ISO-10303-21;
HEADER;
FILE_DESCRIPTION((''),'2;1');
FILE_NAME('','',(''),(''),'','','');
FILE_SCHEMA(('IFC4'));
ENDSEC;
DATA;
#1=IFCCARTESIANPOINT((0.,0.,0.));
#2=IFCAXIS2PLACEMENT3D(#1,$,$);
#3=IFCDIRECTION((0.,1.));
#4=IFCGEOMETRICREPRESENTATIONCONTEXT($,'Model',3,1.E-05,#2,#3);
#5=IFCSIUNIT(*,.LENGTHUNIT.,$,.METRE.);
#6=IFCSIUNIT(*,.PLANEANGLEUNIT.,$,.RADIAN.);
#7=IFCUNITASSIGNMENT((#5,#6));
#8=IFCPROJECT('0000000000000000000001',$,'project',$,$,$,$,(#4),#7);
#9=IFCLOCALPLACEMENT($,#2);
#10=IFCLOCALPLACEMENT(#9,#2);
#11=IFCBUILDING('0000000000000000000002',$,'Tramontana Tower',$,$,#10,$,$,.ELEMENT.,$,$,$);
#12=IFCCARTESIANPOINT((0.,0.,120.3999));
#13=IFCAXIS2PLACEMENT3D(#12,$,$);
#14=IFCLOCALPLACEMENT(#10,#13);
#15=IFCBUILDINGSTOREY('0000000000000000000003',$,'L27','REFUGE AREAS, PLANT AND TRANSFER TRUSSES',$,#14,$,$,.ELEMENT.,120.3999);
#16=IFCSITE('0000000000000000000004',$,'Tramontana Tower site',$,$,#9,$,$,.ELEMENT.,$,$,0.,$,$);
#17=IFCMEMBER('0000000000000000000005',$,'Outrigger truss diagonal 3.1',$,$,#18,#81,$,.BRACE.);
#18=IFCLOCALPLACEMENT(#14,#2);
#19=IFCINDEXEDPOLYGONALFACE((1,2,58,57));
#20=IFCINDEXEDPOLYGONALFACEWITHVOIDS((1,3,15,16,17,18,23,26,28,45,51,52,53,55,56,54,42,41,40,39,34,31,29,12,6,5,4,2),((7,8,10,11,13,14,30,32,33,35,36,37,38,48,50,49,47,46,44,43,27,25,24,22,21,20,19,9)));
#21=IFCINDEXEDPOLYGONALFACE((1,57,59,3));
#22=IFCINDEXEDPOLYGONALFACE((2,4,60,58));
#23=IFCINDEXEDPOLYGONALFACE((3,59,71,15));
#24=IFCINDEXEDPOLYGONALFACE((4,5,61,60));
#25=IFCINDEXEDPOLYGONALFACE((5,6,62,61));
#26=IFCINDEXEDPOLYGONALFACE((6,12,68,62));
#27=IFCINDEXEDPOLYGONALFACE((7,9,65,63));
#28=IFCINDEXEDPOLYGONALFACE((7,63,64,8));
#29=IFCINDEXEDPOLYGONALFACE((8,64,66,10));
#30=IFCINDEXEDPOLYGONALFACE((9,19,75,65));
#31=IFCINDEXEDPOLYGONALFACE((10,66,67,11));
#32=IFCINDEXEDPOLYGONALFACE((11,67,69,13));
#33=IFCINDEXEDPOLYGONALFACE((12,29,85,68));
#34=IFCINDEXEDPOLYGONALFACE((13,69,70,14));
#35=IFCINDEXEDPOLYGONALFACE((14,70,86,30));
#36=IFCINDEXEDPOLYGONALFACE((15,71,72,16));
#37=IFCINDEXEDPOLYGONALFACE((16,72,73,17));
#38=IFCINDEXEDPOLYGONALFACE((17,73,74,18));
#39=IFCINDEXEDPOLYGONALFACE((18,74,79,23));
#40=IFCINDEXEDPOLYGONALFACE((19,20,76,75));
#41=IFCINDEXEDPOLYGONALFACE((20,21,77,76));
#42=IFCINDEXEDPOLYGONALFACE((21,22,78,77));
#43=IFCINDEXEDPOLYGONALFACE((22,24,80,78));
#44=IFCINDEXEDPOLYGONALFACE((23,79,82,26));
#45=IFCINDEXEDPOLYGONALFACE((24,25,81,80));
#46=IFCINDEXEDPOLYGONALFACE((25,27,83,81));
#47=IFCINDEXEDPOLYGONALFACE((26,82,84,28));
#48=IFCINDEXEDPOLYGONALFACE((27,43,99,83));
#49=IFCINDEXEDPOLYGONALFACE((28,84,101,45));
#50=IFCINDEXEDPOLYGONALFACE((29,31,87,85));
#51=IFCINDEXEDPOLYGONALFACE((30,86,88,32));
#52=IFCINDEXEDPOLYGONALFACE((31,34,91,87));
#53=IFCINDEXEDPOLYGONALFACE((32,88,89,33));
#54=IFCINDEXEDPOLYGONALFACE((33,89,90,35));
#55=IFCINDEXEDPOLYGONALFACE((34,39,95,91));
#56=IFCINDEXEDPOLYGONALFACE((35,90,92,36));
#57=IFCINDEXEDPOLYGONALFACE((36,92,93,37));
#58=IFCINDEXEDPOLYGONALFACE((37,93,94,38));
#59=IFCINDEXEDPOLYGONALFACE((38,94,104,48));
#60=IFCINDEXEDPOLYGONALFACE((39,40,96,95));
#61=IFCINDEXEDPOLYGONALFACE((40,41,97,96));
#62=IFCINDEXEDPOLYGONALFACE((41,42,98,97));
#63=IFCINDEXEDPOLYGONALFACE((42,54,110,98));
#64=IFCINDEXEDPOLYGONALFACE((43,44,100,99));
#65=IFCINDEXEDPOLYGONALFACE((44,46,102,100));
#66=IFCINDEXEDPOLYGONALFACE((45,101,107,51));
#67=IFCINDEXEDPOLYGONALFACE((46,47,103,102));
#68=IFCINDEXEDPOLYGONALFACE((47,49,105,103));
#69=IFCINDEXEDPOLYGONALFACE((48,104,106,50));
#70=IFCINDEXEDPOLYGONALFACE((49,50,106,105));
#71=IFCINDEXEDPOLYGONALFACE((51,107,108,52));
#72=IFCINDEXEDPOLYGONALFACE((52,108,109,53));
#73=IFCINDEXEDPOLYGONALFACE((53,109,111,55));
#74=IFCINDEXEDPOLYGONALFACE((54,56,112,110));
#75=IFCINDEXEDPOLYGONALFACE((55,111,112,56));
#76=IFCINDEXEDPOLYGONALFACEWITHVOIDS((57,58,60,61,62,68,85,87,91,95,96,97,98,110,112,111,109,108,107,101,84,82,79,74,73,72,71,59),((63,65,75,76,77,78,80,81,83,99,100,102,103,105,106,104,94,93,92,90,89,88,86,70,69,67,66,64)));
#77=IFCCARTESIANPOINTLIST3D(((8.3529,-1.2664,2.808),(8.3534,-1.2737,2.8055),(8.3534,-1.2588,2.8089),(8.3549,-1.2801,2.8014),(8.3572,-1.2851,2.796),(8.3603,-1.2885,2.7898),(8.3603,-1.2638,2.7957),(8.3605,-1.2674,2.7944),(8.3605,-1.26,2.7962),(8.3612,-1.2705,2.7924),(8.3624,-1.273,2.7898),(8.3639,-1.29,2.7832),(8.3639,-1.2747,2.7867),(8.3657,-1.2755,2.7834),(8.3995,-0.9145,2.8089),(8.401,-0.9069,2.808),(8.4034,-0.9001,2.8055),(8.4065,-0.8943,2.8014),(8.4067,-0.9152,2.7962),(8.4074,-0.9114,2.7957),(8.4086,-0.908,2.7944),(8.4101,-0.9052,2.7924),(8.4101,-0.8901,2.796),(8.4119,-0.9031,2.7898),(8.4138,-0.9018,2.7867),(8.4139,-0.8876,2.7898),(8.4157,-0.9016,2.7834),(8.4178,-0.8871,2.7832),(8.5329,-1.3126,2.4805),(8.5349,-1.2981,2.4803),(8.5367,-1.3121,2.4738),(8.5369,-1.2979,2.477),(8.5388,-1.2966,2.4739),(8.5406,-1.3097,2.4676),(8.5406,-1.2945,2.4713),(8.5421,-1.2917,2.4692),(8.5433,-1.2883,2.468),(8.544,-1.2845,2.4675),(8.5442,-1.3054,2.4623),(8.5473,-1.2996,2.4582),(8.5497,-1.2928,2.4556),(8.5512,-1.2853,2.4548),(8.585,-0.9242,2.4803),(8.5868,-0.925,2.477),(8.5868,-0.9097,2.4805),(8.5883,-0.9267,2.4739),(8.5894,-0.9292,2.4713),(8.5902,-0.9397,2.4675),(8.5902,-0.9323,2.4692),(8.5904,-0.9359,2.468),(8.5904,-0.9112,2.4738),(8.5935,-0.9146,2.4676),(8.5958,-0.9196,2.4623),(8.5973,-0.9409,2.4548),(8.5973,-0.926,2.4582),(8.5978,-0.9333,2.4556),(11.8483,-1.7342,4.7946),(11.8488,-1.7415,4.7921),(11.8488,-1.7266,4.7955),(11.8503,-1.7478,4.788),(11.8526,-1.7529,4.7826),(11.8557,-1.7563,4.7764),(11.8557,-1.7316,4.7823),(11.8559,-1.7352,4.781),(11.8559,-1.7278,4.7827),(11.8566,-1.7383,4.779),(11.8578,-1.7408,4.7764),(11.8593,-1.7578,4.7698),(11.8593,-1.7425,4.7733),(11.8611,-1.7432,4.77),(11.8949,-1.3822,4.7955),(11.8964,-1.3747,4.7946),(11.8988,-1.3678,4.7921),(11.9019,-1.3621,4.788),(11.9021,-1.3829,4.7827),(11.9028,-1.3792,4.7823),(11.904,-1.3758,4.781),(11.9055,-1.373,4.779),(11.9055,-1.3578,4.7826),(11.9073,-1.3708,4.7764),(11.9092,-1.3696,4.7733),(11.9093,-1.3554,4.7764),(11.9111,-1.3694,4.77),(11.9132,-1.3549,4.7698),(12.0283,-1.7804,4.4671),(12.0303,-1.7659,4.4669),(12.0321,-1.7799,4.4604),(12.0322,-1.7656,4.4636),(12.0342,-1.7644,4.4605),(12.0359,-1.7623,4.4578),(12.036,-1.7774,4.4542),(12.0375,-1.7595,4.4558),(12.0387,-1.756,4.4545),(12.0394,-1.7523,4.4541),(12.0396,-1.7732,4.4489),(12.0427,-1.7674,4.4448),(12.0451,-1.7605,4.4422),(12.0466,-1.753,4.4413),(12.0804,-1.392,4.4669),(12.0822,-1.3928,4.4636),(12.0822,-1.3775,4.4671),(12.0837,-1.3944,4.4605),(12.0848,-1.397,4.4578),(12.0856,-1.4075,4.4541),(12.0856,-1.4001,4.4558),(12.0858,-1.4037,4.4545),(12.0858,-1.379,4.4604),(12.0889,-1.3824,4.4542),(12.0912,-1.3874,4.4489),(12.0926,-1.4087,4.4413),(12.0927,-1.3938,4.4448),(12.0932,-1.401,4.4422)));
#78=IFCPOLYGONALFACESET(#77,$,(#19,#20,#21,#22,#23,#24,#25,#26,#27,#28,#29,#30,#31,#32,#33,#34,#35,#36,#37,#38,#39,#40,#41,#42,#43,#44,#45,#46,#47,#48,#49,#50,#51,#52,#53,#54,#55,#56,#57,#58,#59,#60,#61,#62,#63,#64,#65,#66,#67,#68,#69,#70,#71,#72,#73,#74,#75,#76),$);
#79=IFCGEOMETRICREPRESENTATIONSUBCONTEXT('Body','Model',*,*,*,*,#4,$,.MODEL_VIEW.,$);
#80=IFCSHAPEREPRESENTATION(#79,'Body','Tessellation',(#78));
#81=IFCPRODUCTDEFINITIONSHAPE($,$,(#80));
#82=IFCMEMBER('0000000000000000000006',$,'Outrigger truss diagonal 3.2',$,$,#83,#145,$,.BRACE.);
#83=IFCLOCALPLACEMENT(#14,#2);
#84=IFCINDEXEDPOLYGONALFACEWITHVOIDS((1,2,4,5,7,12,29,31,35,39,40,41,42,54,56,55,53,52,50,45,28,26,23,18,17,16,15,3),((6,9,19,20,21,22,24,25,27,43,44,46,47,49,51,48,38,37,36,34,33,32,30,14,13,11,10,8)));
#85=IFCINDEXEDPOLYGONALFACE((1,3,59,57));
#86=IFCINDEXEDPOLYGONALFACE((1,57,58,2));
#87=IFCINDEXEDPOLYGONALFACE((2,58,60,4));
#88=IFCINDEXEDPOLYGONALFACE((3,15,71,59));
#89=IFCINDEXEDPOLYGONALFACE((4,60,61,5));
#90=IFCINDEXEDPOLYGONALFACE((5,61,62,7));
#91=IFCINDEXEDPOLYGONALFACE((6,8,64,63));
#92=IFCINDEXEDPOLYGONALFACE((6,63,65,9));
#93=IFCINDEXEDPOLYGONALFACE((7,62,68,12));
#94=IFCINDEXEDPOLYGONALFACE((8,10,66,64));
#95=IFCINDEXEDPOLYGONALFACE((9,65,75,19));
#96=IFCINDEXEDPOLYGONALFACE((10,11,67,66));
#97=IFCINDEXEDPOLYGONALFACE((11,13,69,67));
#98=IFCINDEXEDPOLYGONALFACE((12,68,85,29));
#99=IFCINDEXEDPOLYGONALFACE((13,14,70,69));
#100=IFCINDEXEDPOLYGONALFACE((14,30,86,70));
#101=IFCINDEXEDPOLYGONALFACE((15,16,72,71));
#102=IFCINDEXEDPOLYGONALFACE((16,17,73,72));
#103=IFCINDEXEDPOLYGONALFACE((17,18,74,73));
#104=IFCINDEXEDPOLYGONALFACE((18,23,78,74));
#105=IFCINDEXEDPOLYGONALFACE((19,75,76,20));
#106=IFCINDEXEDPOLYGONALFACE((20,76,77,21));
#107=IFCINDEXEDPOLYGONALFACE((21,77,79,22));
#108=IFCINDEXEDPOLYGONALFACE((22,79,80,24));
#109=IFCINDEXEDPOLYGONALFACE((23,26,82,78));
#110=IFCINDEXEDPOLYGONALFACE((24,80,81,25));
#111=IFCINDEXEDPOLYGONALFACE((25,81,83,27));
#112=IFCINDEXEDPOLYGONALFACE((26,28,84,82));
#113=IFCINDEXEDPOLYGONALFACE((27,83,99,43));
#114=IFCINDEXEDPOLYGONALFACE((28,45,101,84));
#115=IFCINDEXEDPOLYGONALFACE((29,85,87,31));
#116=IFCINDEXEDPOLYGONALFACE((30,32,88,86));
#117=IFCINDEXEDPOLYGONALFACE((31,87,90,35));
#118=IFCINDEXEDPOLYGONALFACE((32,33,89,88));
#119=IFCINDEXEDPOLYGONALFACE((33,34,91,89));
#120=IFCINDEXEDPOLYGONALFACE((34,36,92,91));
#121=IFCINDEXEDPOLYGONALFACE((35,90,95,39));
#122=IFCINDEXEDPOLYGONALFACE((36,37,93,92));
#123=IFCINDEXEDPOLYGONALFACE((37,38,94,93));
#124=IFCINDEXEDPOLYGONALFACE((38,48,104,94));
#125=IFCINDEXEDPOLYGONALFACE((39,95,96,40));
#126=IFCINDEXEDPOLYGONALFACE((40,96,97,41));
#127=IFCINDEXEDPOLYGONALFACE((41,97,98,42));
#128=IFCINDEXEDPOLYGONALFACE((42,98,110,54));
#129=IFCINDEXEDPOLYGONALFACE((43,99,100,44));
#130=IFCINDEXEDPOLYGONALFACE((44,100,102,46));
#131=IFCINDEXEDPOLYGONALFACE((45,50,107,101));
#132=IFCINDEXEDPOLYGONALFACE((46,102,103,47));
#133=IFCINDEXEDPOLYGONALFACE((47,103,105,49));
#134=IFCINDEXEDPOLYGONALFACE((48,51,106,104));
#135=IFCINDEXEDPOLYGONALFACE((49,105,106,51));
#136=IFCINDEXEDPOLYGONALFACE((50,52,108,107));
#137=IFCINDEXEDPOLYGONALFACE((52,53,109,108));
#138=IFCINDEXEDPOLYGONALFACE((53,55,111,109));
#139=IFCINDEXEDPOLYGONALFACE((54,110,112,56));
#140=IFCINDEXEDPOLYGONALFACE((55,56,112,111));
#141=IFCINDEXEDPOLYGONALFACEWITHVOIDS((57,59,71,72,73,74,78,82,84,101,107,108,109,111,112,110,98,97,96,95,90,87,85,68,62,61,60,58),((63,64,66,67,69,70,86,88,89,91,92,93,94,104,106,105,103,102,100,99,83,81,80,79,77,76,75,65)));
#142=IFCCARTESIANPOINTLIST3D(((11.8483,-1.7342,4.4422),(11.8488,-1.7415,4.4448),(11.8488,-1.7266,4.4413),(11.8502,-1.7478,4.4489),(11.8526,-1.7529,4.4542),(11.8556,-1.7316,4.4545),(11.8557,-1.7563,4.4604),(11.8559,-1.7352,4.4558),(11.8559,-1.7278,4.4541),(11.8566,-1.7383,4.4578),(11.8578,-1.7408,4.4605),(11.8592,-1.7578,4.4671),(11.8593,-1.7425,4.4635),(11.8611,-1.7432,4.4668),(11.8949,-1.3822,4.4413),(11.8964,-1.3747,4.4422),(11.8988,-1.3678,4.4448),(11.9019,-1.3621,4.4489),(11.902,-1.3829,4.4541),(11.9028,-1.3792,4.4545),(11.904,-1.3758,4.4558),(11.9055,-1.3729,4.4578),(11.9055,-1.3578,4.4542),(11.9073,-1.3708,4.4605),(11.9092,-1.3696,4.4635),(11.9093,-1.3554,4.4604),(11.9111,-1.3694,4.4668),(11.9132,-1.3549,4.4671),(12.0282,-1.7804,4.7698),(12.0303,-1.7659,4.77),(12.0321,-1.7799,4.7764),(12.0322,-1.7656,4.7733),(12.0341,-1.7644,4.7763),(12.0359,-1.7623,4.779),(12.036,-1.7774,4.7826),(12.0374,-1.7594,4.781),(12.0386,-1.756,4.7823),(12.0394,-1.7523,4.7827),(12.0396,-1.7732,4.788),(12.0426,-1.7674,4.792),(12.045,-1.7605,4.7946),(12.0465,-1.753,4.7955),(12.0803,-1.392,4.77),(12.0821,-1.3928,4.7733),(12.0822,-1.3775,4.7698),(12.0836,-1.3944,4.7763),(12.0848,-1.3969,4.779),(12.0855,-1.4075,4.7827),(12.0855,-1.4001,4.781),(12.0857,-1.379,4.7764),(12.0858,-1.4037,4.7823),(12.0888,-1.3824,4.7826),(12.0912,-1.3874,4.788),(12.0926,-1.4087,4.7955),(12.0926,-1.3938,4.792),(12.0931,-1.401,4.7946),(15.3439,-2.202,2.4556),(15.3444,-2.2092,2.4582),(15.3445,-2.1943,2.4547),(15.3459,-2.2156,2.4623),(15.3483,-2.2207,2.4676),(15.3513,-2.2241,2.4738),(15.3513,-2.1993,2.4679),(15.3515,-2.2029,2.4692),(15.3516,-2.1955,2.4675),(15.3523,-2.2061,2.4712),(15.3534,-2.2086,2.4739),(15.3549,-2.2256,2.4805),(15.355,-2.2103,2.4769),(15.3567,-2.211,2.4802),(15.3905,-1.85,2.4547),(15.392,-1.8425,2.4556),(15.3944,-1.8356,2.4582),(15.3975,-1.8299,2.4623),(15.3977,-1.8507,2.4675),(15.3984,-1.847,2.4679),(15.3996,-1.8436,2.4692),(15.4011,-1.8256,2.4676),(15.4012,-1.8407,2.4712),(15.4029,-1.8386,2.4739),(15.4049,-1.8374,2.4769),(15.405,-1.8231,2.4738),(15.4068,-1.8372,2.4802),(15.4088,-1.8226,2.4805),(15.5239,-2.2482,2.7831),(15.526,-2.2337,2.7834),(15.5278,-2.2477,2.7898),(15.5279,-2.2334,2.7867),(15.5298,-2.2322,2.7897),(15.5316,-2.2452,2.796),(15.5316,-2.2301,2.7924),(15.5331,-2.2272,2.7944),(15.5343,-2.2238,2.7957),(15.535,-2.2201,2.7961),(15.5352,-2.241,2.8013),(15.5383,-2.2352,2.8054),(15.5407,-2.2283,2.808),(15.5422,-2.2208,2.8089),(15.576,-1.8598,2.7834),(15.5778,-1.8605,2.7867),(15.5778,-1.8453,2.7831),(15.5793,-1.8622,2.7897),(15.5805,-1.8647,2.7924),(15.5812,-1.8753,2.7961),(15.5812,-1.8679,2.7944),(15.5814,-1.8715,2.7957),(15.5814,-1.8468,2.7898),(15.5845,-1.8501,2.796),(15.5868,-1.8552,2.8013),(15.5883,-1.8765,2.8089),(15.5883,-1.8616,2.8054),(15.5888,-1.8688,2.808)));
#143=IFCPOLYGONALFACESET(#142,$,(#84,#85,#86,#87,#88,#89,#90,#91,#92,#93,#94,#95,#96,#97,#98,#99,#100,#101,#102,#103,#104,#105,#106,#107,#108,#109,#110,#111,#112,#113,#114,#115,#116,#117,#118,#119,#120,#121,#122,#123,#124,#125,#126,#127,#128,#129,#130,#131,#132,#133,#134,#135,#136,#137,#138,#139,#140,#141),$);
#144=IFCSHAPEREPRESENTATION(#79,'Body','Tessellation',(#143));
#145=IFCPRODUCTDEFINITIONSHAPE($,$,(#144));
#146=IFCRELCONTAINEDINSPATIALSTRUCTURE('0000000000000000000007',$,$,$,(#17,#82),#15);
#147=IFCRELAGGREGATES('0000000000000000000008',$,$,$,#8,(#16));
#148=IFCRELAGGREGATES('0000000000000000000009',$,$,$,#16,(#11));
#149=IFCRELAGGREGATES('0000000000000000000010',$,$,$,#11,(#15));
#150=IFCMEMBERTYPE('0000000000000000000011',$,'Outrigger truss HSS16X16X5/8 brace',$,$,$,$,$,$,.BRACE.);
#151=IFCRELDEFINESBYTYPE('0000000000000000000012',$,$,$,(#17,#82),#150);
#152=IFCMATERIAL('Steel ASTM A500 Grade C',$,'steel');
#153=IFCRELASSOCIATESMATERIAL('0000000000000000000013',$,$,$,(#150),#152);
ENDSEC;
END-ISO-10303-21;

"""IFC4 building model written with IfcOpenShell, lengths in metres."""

from ifc_helpers import new_model, si_unit, direction, frame, origin, origin_2d, place, context, subcontext, project, spatial, hollow_rectangle, extrude, material, material_profile, profile_set, type_object, element, save


model = new_model("IFC4")

# Units and contexts
model_context = context("Model", 3, precision=1e-05, world=origin(), true_north=direction((0.0, 1.0)))
body_context = subcontext(model_context, "Body", "Model", "MODEL_VIEW")
ifc_project = project(units=[si_unit("LENGTHUNIT", "METRE"), si_unit("PLANEANGLEUNIT", "RADIAN")], contexts=[model_context])

# Site, building, storey
site_placement = place(None, origin())
site = spatial("IfcSite", under=ifc_project, at=site_placement, Name="Tramontana Tower site", CompositionType="ELEMENT", RefElevation=0.0)
building_placement = place(site_placement, origin())
building = spatial("IfcBuilding", under=site, at=building_placement, Name="Tramontana Tower", CompositionType="ELEMENT")
storey_placement = place(building_placement, frame((0.0, 0.0, 120.3999)))
storey = spatial("IfcBuildingStorey", under=building, at=storey_placement, Name="L27", Description="REFUGE AREAS, PLANT AND TRANSFER TRUSSES", CompositionType="ELEMENT", Elevation=120.3999)

# Members
ifc_material_1 = material(Name="Steel ASTM A500 Grade C", Category="steel")
ifc_material_profile_1 = material_profile(ifc_material_1, hollow_rectangle(XDim=0.4065, YDim=0.4065, WallThickness=0.0146, InnerFilletRadius=0.0146, OuterFilletRadius=0.0295, at=origin_2d()), Name="HSS16X16X5/8")
ifc_profile_set_1 = profile_set([ifc_material_profile_1], Name="Steel ASTM A500 Grade C")
member_type_1 = type_object("IfcMemberType", Name="Outrigger truss HSS16X16X5/8 brace", PredefinedType="BRACE", material=ifc_profile_set_1)
member_1_placement = place(storey_placement, frame((8.4753, -1.0999, 2.6318), z_axis=(0.86357, -0.115569, 0.490806), x_axis=(0.132644, 0.991164, 0.0)))
element("IfcMember", 1, at=member_1_placement, inside=storey, type_object=member_type_1, Name="Outrigger truss diagonal 3.1", PredefinedType="BRACE", context=body_context, shape_type="SweptSolid", body=[
    extrude(hollow_rectangle(XDim=0.4065, YDim=0.4065, WallThickness=0.0146, InnerFilletRadius=0.0146, OuterFilletRadius=0.0295, at=origin_2d()), origin(), (0.0, 0.0, 1.0), 4.0476),
])
member_2_placement = place(storey_placement, frame((11.9707, -1.5676, 4.6184), z_axis=(0.863585, -0.115563, -0.49078), x_axis=(0.132635, 0.991165, 0.0)))
element("IfcMember", 2, at=member_2_placement, inside=storey, type_object=member_type_1, Name="Outrigger truss diagonal 3.2", PredefinedType="BRACE", context=body_context, shape_type="SweptSolid", body=[
    extrude(hollow_rectangle(XDim=0.4065, YDim=0.4065, WallThickness=0.0146, InnerFilletRadius=0.0146, OuterFilletRadius=0.0295, at=origin_2d()), origin(), (0.0, 0.0, 1.0), 4.0479),
])

save(model, "model.ifc")
